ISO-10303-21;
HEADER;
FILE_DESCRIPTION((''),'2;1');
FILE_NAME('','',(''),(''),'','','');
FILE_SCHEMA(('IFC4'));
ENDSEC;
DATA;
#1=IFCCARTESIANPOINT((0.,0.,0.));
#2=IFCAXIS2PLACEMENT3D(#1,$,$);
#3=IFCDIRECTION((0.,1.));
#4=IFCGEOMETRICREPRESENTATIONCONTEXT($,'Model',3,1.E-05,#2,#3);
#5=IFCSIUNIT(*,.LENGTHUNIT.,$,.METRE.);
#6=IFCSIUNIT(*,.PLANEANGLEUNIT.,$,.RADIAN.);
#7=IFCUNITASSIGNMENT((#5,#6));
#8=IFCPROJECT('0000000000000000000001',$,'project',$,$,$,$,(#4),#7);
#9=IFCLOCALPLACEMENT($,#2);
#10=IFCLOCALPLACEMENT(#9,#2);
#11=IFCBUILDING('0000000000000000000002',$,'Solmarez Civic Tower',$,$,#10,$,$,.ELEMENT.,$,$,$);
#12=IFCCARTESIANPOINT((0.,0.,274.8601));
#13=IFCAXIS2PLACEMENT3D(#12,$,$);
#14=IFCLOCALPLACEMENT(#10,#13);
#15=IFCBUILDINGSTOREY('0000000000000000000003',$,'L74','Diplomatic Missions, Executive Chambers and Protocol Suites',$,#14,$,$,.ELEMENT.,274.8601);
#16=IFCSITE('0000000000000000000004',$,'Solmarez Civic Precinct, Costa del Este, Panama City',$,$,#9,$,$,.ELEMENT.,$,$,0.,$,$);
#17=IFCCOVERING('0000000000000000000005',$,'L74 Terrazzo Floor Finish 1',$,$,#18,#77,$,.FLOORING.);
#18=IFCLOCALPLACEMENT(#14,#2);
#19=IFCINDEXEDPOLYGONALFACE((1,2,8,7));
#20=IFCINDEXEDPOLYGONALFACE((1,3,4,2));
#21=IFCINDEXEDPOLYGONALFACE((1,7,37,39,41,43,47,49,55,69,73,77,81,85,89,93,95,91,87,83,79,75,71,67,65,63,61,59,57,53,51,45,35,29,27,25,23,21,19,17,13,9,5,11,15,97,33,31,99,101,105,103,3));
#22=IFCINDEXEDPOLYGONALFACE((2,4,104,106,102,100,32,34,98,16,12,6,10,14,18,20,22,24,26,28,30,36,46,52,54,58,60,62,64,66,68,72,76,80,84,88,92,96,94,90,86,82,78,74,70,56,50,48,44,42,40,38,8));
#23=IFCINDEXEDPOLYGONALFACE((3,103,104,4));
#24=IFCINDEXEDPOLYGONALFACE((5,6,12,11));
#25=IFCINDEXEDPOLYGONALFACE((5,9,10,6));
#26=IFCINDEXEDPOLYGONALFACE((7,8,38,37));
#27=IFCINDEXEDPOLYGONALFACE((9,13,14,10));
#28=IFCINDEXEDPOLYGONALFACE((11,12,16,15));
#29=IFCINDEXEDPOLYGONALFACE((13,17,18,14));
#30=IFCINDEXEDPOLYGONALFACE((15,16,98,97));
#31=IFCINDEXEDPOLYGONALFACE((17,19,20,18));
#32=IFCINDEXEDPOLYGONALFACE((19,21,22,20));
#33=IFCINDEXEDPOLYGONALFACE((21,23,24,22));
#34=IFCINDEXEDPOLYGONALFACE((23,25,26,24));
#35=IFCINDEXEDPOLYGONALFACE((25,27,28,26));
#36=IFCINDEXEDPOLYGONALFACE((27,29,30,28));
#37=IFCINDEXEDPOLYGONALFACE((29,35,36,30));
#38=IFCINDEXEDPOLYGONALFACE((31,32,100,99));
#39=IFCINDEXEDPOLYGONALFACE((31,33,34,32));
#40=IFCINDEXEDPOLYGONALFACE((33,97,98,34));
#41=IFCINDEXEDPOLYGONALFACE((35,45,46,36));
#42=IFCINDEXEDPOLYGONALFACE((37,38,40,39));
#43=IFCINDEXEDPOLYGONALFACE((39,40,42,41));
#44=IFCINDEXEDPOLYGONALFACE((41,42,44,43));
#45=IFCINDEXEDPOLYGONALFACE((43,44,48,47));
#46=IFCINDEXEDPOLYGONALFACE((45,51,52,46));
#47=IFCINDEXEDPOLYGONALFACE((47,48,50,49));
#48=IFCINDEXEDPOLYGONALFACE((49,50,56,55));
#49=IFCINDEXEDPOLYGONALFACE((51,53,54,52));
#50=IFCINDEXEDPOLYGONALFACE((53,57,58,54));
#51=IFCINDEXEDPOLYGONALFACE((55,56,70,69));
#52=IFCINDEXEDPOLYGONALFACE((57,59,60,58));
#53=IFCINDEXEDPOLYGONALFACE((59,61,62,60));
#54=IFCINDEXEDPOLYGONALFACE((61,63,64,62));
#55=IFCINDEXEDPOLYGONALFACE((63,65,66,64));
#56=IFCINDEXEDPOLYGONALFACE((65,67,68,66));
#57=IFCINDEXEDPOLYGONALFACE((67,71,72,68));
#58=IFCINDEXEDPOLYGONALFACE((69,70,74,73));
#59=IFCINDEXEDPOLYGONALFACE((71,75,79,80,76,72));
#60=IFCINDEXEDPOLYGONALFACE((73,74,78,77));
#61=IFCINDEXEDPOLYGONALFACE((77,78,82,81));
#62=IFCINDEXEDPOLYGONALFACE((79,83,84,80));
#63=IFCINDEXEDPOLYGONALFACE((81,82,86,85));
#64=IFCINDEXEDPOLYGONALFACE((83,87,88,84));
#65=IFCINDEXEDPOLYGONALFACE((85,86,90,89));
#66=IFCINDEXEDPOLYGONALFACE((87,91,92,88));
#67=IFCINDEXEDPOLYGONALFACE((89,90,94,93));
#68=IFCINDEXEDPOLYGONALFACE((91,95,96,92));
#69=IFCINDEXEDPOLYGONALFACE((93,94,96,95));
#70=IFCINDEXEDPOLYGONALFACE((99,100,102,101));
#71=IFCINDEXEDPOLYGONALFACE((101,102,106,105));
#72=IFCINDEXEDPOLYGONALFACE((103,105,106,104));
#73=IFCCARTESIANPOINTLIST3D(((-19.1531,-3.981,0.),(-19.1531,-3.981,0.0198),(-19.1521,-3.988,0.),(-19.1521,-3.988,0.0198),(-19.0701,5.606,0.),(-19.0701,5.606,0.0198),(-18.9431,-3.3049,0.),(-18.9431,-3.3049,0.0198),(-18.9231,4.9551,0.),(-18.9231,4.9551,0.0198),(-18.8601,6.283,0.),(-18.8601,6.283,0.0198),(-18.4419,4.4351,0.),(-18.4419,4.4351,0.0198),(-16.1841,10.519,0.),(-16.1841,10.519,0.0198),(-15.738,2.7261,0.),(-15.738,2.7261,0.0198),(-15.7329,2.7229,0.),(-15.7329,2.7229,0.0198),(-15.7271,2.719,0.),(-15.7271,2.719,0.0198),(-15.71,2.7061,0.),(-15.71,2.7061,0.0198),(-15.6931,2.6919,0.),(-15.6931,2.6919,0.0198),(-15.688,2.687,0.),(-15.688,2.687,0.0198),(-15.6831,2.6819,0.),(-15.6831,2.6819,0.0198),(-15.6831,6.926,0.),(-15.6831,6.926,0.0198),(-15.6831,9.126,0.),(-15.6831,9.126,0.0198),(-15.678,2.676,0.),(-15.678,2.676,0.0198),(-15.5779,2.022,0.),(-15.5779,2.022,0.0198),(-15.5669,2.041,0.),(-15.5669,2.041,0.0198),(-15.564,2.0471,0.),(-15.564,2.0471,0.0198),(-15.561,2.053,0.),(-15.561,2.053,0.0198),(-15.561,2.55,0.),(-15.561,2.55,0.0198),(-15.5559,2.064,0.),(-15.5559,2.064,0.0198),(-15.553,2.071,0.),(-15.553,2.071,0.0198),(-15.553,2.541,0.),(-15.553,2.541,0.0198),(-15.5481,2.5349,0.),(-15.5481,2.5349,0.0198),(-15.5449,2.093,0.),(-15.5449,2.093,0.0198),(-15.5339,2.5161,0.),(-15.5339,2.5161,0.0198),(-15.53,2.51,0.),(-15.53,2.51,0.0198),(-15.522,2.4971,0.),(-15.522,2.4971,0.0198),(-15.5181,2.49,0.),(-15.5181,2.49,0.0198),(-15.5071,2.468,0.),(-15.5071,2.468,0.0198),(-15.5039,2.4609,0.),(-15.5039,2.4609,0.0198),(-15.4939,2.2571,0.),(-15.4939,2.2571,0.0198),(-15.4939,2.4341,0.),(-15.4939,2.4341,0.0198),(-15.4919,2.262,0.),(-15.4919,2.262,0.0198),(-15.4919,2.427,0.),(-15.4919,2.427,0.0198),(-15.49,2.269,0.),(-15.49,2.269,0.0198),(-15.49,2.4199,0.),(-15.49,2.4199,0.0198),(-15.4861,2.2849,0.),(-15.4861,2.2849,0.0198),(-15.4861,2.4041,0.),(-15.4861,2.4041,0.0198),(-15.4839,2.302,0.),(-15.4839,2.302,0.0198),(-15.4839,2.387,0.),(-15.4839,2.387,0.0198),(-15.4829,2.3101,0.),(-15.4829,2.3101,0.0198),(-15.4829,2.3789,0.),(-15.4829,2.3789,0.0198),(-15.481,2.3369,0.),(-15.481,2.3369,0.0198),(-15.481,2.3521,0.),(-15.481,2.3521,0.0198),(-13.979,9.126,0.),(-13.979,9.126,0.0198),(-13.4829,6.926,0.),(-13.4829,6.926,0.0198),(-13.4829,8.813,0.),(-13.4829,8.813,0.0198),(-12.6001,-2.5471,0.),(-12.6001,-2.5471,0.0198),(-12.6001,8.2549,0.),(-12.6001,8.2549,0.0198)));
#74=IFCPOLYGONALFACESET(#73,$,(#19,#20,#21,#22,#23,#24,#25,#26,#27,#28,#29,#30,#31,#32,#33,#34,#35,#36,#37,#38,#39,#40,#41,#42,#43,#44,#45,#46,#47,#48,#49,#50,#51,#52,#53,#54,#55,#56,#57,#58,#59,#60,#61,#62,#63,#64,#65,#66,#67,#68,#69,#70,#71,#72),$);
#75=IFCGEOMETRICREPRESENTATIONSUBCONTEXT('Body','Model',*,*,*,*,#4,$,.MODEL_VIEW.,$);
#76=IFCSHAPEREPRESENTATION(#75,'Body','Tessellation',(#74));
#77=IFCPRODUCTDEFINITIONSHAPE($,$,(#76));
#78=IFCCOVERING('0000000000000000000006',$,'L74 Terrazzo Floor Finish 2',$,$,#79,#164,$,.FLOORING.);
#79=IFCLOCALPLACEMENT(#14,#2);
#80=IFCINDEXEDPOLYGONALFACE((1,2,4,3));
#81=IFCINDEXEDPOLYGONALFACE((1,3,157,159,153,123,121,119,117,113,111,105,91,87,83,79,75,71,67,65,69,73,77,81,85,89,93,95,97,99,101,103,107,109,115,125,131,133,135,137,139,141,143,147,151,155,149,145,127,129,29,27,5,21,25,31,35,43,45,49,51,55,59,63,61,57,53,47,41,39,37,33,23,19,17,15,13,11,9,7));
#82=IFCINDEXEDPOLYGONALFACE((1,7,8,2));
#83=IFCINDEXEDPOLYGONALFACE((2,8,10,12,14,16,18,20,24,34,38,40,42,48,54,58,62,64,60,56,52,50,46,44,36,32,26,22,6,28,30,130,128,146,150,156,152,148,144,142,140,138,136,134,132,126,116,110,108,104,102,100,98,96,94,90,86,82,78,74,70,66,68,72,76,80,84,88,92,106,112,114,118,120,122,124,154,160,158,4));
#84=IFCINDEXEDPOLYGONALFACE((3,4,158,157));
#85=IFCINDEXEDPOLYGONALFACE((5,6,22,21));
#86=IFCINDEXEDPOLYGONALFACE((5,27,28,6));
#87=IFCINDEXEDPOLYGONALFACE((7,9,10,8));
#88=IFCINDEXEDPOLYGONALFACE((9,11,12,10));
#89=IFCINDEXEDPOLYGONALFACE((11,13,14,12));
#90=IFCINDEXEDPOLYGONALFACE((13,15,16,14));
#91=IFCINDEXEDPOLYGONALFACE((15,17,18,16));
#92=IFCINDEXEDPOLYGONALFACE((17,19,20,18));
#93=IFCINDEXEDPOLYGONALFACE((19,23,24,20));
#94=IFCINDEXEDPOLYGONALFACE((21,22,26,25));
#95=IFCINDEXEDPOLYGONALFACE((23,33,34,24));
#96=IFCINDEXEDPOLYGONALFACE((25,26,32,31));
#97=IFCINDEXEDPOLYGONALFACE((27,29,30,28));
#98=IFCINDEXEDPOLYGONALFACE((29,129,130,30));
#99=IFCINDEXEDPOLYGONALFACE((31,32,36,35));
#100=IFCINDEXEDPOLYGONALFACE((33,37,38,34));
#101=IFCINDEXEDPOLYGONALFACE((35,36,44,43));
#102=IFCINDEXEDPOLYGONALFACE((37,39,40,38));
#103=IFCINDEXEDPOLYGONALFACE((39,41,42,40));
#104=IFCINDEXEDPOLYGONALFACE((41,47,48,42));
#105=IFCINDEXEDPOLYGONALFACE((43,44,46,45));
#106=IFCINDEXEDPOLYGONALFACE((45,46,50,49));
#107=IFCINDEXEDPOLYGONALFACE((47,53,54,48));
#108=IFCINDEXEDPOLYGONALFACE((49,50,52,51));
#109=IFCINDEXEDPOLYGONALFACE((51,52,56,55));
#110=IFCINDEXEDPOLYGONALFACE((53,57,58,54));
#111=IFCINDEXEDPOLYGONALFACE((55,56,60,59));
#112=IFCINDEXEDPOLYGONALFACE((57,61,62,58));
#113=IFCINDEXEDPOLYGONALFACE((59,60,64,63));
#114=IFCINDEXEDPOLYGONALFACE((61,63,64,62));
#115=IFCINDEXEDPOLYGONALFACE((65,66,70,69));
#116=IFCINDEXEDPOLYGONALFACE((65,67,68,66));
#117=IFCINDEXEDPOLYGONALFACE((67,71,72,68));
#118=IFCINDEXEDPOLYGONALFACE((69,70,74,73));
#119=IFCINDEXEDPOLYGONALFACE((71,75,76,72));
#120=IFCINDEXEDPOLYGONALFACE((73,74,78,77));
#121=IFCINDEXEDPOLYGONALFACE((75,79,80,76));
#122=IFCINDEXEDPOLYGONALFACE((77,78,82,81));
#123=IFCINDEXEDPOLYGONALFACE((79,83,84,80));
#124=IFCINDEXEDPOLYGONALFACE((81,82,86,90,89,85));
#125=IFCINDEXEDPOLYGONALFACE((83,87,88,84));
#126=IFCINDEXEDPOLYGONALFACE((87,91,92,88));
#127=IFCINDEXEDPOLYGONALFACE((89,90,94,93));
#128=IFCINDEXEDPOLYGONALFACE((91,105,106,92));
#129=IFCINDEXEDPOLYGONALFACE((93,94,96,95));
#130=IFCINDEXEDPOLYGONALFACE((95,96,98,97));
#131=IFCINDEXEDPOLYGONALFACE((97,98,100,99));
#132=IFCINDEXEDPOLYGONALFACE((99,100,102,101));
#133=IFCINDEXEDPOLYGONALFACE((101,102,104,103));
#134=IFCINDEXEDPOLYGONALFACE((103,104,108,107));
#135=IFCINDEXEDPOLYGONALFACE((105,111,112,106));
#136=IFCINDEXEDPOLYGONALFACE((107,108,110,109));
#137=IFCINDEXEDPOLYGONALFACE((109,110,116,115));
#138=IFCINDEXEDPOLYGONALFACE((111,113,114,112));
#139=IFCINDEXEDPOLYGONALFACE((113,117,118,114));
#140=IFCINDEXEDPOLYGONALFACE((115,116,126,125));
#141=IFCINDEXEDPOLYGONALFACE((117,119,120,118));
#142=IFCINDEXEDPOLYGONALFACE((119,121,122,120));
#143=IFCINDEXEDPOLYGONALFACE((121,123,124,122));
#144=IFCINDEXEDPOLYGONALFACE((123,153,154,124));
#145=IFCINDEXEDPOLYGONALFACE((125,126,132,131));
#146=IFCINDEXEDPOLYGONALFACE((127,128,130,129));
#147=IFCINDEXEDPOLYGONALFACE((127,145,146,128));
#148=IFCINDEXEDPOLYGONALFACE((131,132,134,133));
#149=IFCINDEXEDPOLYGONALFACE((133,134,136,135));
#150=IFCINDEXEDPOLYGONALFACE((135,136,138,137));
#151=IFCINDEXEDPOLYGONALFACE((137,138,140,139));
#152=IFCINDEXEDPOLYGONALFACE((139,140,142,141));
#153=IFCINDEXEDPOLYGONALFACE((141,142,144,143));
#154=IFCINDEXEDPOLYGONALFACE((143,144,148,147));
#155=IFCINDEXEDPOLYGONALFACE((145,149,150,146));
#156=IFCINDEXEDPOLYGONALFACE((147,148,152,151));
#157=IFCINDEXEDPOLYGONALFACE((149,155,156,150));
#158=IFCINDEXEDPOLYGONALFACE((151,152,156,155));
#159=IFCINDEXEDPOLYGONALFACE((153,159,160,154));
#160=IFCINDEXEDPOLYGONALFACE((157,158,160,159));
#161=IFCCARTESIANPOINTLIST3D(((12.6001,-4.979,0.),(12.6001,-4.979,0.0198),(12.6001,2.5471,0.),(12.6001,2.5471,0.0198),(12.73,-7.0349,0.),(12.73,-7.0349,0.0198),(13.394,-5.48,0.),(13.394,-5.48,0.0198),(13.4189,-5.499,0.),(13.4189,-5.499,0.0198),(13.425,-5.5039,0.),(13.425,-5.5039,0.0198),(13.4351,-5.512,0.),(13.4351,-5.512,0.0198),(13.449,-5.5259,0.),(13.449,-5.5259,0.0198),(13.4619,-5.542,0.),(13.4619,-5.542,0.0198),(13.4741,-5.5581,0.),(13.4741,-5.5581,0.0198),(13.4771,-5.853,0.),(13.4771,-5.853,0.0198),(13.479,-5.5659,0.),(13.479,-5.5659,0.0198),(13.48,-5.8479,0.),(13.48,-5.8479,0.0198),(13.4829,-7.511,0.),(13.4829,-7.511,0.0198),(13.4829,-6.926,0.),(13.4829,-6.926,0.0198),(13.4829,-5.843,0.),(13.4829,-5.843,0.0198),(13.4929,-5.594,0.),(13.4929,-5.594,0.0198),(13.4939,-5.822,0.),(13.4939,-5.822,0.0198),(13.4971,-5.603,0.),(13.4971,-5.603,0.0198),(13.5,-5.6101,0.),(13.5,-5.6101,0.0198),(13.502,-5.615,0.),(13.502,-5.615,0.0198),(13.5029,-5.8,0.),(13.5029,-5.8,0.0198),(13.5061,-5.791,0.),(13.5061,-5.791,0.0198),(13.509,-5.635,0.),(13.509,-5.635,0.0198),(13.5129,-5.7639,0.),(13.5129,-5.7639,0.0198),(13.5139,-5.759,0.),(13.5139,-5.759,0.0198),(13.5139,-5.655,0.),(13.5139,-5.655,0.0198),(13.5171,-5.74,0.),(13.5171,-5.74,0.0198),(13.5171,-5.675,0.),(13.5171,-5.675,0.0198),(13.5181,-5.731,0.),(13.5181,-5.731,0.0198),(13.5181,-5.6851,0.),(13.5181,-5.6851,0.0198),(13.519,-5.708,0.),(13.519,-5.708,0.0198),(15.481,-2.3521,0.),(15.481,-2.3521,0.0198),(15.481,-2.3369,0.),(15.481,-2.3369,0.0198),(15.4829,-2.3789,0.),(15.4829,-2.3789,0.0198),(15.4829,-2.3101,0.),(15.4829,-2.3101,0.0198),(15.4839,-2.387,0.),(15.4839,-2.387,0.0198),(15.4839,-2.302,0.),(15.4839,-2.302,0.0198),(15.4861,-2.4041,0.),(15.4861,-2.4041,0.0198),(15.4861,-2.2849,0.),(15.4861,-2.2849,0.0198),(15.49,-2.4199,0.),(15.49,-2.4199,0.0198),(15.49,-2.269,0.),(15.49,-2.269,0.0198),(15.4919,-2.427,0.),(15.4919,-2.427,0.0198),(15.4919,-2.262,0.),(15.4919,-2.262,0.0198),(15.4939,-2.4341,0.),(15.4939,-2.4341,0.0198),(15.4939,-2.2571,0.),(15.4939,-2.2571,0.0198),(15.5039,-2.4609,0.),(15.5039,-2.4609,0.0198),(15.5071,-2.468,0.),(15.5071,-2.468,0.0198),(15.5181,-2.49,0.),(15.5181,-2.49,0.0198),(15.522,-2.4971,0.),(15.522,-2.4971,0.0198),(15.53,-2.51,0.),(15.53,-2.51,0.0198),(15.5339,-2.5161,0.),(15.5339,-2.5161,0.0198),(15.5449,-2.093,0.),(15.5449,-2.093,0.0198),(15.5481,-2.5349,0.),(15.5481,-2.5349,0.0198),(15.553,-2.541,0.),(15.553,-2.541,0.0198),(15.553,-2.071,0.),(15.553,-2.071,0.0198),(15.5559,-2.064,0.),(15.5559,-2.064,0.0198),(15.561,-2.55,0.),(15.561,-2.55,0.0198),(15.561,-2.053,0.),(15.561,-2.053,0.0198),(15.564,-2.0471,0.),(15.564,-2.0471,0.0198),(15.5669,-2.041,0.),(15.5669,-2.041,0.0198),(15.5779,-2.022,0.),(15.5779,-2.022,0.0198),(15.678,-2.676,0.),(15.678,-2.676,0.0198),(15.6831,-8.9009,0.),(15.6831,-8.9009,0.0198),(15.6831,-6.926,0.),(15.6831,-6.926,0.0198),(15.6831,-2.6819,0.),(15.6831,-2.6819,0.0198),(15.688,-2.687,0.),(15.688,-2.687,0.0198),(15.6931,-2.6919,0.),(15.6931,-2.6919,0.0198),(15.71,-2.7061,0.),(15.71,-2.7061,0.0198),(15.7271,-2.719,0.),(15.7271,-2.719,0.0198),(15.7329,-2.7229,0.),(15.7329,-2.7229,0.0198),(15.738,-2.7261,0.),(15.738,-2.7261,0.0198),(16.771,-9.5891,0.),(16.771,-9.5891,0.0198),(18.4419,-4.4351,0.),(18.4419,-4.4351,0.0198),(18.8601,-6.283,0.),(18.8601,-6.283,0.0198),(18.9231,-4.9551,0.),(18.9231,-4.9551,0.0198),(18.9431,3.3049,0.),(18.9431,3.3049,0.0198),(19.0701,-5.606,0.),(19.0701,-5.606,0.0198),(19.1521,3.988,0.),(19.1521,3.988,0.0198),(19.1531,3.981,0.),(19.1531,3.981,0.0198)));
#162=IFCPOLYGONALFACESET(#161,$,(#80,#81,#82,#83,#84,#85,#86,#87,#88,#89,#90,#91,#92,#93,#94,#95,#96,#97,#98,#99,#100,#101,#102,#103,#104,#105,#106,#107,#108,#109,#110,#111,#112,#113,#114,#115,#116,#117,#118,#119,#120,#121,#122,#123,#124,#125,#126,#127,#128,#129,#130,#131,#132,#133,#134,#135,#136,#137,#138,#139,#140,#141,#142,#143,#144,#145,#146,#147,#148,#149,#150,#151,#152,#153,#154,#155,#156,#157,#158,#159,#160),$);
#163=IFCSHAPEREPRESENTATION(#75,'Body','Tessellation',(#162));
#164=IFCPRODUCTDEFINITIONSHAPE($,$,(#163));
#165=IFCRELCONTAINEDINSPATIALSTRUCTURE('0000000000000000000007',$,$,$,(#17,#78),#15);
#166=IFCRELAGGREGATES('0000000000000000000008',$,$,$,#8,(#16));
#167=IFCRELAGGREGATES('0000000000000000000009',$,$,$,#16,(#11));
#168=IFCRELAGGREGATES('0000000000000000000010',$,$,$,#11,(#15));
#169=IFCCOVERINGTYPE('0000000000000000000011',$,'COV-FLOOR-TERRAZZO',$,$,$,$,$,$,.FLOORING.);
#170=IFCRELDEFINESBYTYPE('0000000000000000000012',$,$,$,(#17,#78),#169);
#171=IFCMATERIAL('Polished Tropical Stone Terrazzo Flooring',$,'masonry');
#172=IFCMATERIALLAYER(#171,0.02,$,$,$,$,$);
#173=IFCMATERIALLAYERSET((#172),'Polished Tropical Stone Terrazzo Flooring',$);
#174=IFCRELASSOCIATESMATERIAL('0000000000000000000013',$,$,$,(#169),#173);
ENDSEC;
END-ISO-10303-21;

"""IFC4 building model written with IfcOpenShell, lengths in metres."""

from ifc_helpers import new_model, si_unit, direction, frame, origin, place, context, subcontext, project, spatial, polyline, outline, extrude, material, layer, layer_set, type_object, element, save


model = new_model("IFC4")

# Units and contexts
model_context = context("Model", 3, precision=1e-05, world=origin(), true_north=direction((0.0, 1.0)))
body_context = subcontext(model_context, "Body", "Model", "MODEL_VIEW")
ifc_project = project(units=[si_unit("LENGTHUNIT", "METRE"), si_unit("PLANEANGLEUNIT", "RADIAN")], contexts=[model_context])

# Site, building, storey
site_placement = place(None, origin())
site = spatial("IfcSite", under=ifc_project, at=site_placement, Name="Solmarez Civic Precinct, Costa del Este, Panama City", CompositionType="ELEMENT", RefElevation=0.0)
building_placement = place(site_placement, origin())
building = spatial("IfcBuilding", under=site, at=building_placement, Name="Solmarez Civic Tower", CompositionType="ELEMENT")
storey_placement = place(building_placement, frame((0.0, 0.0, 274.8601)))
storey = spatial("IfcBuildingStorey", under=building, at=storey_placement, Name="L74", Description="Diplomatic Missions, Executive Chambers and Protocol Suites", CompositionType="ELEMENT", Elevation=274.8601)

# Coverings
ifc_material_1 = material(Name="Polished Tropical Stone Terrazzo Flooring", Category="masonry")
ifc_layer_1 = layer(ifc_material_1, 0.02)
ifc_layer_set_1 = layer_set([ifc_layer_1], Name="Polished Tropical Stone Terrazzo Flooring")
covering_type_1 = type_object("IfcCoveringType", Name="COV-FLOOR-TERRAZZO", PredefinedType="FLOORING", material=ifc_layer_set_1)
covering_1_placement = place(storey_placement, origin())
element("IfcCovering", 1, at=covering_1_placement, inside=storey, type_object=covering_type_1, Name="L74 Terrazzo Floor Finish 1", PredefinedType="FLOORING", context=body_context, shape_type="SweptSolid", body=[
    extrude(outline(polyline([(-12.6001, -2.5471), (-12.6001, 8.2549), (-13.4829, 8.813), (-13.4829, 6.926), (-15.6831, 6.926), (-15.6831, 9.126), (-13.979, 9.126), (-16.1841, 10.519), (-18.8601, 6.283), (-19.0701, 5.606), (-18.9231, 4.9551), (-18.4419, 4.4351), (-15.738, 2.7261), (-15.7329, 2.7229), (-15.7271, 2.719), (-15.71, 2.7061), (-15.6931, 2.6919), (-15.688, 2.687), (-15.6831, 2.6819), (-15.678, 2.676), (-15.561, 2.55), (-15.553, 2.541), (-15.5481, 2.5349), (-15.5339, 2.5161), (-15.53, 2.51), (-15.522, 2.4971), (-15.5181, 2.49), (-15.5071, 2.468), (-15.5039, 2.4609), (-15.4939, 2.4341), (-15.4919, 2.427), (-15.49, 2.4199), (-15.4861, 2.4041), (-15.4839, 2.387), (-15.4829, 2.3789), (-15.481, 2.3521), (-15.481, 2.3369), (-15.4829, 2.3101), (-15.4839, 2.302), (-15.4861, 2.2849), (-15.49, 2.269), (-15.4919, 2.262), (-15.4939, 2.2571), (-15.5449, 2.093), (-15.553, 2.071), (-15.5559, 2.064), (-15.561, 2.053), (-15.564, 2.0471), (-15.5669, 2.041), (-15.5779, 2.022), (-18.9431, -3.3049), (-19.1531, -3.981), (-19.1521, -3.988), (-12.6001, -2.5471)])), origin(), (0.0, 0.0, 1.0), 0.0198),
])
covering_2_placement = place(storey_placement, origin())
element("IfcCovering", 2, at=covering_2_placement, inside=storey, type_object=covering_type_1, Name="L74 Terrazzo Floor Finish 2", PredefinedType="FLOORING", context=body_context, shape_type="SweptSolid", body=[
    extrude(outline(polyline([(12.6001, 2.5471), (12.6001, -4.979), (13.394, -5.48), (13.4189, -5.499), (13.425, -5.5039), (13.4351, -5.512), (13.449, -5.5259), (13.4619, -5.542), (13.4741, -5.5581), (13.479, -5.5659), (13.4929, -5.594), (13.4971, -5.603), (13.5, -5.6101), (13.502, -5.615), (13.509, -5.635), (13.5139, -5.655), (13.5171, -5.675), (13.5181, -5.6851), (13.519, -5.708), (13.5181, -5.731), (13.5171, -5.74), (13.5139, -5.759), (13.5129, -5.7639), (13.5061, -5.791), (13.5029, -5.8), (13.4939, -5.822), (13.4829, -5.843), (13.48, -5.8479), (13.4771, -5.853), (12.73, -7.0349), (13.4829, -7.511), (13.4829, -6.926), (15.6831, -6.926), (15.6831, -8.9009), (16.771, -9.5891), (18.8601, -6.283), (19.0701, -5.606), (18.9231, -4.9551), (18.4419, -4.4351), (15.738, -2.7261), (15.7329, -2.7229), (15.7271, -2.719), (15.71, -2.7061), (15.6931, -2.6919), (15.688, -2.687), (15.6831, -2.6819), (15.678, -2.676), (15.561, -2.55), (15.553, -2.541), (15.5481, -2.5349), (15.5339, -2.5161), (15.53, -2.51), (15.522, -2.4971), (15.5181, -2.49), (15.5071, -2.468), (15.5039, -2.4609), (15.4939, -2.4341), (15.4919, -2.427), (15.49, -2.4199), (15.4861, -2.4041), (15.4839, -2.387), (15.4829, -2.3789), (15.481, -2.3521), (15.481, -2.3369), (15.4829, -2.3101), (15.4839, -2.302), (15.4861, -2.2849), (15.49, -2.269), (15.4919, -2.262), (15.4939, -2.2571), (15.5449, -2.093), (15.553, -2.071), (15.5559, -2.064), (15.561, -2.053), (15.564, -2.0471), (15.5669, -2.041), (15.5779, -2.022), (18.9431, 3.3049), (19.1531, 3.981), (19.1521, 3.988), (12.6001, 2.5471)])), origin(), (0.0, 0.0, 1.0), 0.0198),
])

save(model, "model.ifc")
